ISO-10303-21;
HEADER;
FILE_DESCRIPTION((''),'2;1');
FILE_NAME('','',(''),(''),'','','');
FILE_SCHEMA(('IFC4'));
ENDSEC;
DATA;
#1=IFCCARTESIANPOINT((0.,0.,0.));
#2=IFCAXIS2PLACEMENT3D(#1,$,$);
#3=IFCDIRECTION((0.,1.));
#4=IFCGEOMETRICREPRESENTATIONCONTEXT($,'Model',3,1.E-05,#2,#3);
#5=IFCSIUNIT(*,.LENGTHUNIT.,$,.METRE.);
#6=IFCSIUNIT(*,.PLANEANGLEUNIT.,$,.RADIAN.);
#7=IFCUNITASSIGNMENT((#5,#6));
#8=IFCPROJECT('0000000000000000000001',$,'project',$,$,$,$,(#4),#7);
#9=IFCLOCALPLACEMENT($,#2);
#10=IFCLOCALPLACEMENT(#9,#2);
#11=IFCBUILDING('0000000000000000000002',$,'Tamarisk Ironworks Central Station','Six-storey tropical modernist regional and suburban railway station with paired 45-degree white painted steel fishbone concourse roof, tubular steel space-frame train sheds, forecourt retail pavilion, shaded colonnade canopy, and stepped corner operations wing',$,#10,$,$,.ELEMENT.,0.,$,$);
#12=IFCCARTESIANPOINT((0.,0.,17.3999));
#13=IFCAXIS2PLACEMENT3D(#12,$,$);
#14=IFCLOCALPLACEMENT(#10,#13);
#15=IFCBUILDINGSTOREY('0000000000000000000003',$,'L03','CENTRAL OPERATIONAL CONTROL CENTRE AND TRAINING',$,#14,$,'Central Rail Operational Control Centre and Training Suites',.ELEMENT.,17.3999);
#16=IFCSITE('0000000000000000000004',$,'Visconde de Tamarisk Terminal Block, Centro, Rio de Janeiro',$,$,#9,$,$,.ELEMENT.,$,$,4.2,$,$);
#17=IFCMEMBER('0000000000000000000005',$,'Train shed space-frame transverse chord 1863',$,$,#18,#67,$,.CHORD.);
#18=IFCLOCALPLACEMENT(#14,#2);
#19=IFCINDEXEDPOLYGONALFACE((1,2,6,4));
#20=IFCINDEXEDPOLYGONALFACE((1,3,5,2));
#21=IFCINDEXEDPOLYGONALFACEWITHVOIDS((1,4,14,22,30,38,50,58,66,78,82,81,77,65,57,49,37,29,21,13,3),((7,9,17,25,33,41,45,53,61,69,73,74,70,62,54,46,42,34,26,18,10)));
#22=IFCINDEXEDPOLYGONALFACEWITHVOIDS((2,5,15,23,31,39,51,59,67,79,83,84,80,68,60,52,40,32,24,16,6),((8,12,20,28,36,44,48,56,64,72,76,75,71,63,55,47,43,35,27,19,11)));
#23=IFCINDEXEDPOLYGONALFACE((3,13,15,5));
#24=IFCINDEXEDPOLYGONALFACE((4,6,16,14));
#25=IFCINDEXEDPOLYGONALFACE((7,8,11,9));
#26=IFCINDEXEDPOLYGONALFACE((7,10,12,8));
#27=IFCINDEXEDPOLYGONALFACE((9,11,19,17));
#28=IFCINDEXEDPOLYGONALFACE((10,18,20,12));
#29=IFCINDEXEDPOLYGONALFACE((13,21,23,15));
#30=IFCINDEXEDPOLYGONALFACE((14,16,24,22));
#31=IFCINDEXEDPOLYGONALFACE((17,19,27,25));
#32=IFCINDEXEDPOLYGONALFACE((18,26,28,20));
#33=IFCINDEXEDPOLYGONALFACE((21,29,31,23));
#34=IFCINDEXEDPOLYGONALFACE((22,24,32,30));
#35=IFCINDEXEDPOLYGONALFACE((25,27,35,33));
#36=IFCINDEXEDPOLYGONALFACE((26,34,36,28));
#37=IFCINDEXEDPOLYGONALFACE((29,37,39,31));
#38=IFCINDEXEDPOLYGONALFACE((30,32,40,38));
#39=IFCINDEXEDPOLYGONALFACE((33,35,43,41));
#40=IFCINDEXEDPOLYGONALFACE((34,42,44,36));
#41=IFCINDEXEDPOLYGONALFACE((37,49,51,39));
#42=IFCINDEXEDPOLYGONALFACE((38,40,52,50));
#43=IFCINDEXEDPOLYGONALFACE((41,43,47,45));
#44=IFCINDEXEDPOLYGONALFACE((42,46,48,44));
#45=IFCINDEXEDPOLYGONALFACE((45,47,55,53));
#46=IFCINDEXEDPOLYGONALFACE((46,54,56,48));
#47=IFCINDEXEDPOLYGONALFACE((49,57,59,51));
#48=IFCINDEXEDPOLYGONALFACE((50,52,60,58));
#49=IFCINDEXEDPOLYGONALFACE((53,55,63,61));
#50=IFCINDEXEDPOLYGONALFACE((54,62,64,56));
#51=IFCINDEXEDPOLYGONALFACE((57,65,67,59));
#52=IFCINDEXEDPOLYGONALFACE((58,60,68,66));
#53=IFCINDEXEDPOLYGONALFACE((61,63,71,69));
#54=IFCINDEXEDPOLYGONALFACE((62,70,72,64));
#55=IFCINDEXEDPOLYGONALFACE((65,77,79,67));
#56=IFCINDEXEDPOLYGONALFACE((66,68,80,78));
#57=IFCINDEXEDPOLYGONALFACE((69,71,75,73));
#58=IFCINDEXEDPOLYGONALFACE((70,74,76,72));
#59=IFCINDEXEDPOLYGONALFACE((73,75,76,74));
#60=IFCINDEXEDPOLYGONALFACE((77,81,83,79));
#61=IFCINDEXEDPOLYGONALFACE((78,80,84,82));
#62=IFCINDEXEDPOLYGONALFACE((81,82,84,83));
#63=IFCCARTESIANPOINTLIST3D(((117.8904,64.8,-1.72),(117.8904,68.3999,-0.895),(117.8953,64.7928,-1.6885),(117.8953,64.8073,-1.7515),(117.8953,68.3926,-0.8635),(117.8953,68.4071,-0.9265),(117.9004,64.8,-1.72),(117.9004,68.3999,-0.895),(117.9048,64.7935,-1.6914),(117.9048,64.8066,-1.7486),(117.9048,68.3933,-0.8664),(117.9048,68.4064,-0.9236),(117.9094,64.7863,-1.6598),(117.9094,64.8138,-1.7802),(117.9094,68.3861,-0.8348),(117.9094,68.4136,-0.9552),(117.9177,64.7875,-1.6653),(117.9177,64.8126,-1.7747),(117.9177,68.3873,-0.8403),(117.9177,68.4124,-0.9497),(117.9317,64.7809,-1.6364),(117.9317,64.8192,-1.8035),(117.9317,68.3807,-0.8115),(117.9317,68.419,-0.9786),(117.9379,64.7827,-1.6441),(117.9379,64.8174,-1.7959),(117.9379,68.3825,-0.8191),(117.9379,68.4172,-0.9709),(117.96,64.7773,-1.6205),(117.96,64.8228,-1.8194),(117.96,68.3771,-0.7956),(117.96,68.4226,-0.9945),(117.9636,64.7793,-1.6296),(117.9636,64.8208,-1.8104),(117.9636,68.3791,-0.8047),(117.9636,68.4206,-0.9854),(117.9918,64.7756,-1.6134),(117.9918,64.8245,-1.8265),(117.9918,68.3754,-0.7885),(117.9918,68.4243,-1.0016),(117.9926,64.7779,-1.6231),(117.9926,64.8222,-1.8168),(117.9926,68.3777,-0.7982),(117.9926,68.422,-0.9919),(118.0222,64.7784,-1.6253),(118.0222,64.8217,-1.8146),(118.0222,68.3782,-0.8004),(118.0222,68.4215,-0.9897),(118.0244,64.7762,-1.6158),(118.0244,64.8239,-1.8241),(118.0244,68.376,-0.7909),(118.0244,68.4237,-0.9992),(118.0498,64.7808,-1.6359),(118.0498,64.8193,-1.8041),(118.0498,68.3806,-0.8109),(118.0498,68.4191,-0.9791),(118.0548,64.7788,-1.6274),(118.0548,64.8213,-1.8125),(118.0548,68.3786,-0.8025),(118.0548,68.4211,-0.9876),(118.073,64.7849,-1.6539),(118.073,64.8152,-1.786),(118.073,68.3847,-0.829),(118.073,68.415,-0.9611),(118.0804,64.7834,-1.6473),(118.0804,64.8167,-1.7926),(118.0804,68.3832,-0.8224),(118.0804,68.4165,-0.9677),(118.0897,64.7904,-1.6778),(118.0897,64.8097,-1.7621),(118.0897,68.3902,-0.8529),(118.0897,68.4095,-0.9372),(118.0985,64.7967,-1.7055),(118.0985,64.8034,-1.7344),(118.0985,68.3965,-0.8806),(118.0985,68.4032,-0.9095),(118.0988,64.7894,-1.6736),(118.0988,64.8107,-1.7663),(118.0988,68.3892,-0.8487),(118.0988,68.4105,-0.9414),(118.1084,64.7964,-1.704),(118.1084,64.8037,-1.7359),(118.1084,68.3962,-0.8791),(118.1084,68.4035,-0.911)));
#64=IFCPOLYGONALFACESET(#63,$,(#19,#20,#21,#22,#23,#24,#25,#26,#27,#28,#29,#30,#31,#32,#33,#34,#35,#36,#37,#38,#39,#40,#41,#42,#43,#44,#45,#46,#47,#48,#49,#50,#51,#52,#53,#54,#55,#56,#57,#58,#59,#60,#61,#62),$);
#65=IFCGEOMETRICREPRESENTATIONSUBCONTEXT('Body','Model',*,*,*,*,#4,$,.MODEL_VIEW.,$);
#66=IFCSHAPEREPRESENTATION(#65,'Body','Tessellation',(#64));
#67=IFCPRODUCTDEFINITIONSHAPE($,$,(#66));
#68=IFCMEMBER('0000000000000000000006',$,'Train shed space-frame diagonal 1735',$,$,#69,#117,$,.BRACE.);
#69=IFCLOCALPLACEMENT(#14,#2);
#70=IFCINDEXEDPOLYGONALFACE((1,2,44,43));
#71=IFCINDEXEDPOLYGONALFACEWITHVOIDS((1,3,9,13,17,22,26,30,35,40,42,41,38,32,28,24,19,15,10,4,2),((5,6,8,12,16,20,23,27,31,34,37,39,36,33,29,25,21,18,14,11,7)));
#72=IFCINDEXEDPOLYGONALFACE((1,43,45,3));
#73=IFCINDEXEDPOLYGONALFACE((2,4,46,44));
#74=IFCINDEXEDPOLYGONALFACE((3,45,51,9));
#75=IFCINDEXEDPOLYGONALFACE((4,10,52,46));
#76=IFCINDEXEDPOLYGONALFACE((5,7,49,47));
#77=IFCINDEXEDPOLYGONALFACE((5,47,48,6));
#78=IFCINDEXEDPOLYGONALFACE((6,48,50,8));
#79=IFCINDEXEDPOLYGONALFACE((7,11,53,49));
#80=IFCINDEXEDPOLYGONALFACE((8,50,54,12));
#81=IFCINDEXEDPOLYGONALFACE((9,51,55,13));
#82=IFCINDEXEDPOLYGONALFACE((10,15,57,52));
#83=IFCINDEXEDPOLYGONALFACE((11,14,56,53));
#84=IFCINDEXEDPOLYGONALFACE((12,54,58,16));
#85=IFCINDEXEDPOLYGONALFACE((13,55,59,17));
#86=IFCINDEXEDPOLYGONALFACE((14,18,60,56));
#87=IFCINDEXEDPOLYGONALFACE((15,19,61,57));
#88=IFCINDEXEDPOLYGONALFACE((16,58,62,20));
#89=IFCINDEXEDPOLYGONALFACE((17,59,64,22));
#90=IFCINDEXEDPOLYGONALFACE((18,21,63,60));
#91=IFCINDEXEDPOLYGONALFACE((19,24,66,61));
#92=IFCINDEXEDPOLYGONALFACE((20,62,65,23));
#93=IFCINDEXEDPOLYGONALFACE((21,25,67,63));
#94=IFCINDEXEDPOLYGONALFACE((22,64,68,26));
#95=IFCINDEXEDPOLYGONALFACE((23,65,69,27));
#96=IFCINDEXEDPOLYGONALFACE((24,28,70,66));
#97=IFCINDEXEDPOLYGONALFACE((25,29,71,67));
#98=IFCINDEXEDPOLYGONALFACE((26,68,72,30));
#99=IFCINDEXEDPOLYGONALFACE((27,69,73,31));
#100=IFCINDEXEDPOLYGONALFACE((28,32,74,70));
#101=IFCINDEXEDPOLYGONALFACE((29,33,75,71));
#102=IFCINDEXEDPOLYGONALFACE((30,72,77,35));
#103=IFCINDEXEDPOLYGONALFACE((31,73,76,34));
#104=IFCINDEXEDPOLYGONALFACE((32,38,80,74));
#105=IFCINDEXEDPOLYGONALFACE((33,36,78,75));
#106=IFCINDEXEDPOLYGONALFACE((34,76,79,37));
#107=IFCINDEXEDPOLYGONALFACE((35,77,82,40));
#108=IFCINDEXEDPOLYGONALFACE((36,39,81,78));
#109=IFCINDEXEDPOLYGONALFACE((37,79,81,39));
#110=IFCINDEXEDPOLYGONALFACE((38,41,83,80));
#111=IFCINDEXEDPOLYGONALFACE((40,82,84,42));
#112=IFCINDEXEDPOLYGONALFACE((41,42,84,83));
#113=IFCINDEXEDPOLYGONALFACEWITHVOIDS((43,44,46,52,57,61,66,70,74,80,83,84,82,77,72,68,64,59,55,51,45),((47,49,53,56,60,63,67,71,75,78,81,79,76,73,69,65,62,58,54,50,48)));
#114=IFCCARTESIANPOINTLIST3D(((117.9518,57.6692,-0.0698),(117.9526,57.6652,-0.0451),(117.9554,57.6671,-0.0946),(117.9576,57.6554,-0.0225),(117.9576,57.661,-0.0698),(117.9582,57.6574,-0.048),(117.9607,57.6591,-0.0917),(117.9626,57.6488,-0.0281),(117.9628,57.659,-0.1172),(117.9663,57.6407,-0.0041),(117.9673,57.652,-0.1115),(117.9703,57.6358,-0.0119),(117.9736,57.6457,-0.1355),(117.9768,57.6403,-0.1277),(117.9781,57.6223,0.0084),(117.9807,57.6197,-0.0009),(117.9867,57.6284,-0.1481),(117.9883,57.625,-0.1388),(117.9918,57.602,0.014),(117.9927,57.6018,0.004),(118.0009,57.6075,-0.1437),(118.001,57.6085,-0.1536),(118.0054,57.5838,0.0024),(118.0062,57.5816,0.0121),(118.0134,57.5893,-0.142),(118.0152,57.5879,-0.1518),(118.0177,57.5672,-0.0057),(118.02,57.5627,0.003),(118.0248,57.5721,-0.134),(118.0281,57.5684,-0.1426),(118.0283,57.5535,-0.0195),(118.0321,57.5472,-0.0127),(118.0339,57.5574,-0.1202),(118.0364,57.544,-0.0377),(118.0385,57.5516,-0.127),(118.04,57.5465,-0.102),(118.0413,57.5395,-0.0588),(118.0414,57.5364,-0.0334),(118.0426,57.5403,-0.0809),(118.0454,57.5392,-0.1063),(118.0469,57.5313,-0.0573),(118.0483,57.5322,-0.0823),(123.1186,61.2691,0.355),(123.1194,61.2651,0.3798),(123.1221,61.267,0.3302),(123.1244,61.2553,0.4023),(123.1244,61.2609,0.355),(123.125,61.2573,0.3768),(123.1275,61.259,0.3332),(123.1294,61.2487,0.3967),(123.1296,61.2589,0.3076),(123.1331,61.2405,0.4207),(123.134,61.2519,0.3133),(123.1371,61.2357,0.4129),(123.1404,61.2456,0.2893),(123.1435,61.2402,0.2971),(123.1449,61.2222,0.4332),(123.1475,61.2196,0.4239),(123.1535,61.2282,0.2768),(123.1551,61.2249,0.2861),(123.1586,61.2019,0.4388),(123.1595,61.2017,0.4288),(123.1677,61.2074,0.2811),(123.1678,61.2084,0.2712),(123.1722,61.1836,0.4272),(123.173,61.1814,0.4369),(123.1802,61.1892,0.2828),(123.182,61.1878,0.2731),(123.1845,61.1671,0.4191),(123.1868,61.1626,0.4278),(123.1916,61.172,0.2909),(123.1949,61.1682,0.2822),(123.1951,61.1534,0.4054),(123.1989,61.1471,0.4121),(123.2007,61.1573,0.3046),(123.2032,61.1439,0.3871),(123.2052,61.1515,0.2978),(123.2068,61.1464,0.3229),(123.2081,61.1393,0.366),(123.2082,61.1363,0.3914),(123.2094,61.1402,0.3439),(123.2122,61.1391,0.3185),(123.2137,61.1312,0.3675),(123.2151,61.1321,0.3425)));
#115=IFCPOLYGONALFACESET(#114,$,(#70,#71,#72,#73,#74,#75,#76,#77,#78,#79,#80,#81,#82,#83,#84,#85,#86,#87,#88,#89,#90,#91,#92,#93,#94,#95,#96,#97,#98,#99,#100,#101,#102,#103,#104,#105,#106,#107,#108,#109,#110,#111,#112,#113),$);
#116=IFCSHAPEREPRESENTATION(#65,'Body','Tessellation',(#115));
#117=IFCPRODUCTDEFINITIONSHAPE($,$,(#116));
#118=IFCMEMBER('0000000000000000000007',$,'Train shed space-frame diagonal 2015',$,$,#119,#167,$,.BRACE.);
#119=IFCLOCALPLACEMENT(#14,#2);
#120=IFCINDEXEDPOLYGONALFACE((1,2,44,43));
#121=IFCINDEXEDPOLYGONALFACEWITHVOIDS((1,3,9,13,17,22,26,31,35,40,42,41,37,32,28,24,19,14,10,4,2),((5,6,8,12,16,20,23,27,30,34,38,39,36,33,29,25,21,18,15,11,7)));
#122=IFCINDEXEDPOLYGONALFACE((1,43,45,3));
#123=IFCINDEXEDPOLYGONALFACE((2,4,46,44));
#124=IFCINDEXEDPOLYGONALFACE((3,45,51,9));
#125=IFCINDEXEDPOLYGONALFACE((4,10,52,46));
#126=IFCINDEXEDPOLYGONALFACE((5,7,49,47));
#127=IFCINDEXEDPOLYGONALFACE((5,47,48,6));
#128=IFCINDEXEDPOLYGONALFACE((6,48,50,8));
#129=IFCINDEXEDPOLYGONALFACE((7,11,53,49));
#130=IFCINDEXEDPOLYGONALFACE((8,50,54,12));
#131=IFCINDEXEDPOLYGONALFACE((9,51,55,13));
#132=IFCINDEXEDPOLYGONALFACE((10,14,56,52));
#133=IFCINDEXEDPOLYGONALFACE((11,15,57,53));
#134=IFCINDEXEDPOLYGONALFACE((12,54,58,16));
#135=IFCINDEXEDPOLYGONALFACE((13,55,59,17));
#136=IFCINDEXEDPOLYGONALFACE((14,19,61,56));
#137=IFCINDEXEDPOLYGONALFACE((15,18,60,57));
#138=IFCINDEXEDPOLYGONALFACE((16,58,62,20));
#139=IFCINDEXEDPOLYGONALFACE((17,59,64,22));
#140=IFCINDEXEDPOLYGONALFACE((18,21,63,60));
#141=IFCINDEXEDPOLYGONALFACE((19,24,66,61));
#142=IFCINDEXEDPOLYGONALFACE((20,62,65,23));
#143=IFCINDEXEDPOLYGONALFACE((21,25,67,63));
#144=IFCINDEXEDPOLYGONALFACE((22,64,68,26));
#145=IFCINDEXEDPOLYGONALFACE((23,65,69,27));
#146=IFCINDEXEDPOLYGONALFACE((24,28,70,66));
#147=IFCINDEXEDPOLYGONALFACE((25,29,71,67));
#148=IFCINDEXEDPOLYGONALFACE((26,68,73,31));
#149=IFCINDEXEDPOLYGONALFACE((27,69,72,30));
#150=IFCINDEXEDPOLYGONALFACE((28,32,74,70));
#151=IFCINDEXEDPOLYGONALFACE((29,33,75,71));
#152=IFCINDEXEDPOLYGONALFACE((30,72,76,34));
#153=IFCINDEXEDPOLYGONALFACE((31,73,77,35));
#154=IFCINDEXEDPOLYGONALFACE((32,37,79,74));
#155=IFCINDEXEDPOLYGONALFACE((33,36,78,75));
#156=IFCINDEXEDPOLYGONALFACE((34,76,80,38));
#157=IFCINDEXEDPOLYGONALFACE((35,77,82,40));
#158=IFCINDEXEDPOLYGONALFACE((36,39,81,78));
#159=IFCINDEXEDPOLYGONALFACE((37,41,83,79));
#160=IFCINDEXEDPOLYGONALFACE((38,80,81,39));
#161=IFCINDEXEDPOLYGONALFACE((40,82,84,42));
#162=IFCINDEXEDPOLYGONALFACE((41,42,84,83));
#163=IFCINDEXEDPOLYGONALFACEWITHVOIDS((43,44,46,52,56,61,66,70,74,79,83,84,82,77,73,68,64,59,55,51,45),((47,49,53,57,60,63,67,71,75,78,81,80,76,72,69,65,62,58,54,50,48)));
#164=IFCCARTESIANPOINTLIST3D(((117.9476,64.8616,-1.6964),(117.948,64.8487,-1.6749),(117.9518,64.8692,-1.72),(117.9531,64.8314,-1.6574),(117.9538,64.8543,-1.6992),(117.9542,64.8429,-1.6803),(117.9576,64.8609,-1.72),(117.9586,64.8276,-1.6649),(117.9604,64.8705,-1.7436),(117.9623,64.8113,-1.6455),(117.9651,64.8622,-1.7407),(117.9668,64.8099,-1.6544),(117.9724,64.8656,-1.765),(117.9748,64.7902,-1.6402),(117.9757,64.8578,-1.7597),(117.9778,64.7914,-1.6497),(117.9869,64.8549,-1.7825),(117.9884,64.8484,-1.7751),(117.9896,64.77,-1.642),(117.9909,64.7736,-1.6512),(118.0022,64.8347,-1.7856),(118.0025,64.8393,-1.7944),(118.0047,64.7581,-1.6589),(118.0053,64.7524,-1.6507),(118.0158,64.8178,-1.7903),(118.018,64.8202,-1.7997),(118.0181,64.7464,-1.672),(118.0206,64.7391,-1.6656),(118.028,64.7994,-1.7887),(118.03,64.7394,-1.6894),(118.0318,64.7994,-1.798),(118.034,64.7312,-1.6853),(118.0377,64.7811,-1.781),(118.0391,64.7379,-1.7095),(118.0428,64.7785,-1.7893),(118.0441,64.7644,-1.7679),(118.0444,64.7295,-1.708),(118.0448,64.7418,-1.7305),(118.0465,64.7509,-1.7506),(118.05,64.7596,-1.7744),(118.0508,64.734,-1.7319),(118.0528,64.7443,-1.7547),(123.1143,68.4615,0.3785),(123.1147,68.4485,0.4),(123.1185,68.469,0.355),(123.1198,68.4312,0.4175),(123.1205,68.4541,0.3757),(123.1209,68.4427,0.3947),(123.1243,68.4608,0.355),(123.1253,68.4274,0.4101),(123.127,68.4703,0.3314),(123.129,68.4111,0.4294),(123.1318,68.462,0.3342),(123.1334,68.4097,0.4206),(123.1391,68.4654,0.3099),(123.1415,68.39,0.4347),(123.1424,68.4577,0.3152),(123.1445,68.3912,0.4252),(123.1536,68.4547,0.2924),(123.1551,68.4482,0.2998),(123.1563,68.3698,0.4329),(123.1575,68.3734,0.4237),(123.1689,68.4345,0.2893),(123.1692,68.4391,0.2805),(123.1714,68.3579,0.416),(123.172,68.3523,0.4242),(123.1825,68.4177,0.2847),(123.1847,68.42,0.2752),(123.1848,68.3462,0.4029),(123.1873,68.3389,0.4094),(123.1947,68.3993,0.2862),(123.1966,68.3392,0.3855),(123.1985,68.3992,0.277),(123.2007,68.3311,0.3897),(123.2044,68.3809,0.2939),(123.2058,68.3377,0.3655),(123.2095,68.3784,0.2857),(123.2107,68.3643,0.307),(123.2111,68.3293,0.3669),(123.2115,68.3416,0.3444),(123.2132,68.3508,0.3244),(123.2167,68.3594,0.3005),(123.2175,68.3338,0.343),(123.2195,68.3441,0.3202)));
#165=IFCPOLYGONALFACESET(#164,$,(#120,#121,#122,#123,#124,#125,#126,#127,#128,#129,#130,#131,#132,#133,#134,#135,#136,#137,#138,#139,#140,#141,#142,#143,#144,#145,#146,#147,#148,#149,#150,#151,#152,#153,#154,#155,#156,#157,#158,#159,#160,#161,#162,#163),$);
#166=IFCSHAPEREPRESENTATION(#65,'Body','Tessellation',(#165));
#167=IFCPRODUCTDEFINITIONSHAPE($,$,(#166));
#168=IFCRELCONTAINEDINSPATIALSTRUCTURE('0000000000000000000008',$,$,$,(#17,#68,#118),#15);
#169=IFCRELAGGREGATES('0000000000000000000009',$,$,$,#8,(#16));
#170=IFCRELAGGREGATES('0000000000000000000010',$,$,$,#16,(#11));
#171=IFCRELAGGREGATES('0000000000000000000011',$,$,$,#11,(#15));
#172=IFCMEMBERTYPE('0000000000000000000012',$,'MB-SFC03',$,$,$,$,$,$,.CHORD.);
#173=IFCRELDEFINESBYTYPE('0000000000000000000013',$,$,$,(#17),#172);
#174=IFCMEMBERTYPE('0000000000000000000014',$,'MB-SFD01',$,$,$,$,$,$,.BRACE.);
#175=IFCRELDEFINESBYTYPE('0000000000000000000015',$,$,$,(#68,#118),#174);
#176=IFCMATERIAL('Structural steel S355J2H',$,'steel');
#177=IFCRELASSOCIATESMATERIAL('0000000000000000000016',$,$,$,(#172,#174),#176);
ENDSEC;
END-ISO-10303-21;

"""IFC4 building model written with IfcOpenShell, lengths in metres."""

from ifc_helpers import new_model, si_unit, direction, frame, origin, origin_2d, place, context, subcontext, project, spatial, hollow_circle, extrude, material, material_profile, profile_set, type_object, element, save


model = new_model("IFC4")

# Units and contexts
model_context = context("Model", 3, precision=1e-05, world=origin(), true_north=direction((0.0, 1.0)))
body_context = subcontext(model_context, "Body", "Model", "MODEL_VIEW")
ifc_project = project(units=[si_unit("LENGTHUNIT", "METRE"), si_unit("PLANEANGLEUNIT", "RADIAN")], contexts=[model_context])

# Site, building, storey
site_placement = place(None, origin())
site = spatial("IfcSite", under=ifc_project, at=site_placement, Name="Visconde de Tamarisk Terminal Block, Centro, Rio de Janeiro", CompositionType="ELEMENT", RefElevation=4.2)
building_placement = place(site_placement, origin())
building = spatial("IfcBuilding", under=site, at=building_placement, Name="Tamarisk Ironworks Central Station", Description="Six-storey tropical modernist regional and suburban railway station with paired 45-degree white painted steel fishbone concourse roof, tubular steel space-frame train sheds, forecourt retail pavilion, shaded colonnade canopy, and stepped corner operations wing", CompositionType="ELEMENT", ElevationOfRefHeight=0.0)
storey_placement = place(building_placement, frame((0.0, 0.0, 17.3999)))
storey = spatial("IfcBuildingStorey", under=building, at=storey_placement, Name="L03", Description="CENTRAL OPERATIONAL CONTROL CENTRE AND TRAINING", LongName="Central Rail Operational Control Centre and Training Suites", CompositionType="ELEMENT", Elevation=17.3999)

# Members
ifc_material_1 = material(Name="Structural steel S355J2H", Category="steel")
ifc_material_profile_1 = material_profile(ifc_material_1, hollow_circle(Radius=0.1096, WallThickness=0.01, at=origin_2d()), Name="CHS 219.1x10")
ifc_profile_set_1 = profile_set([ifc_material_profile_1], Name="Structural steel S355J2H")
member_type_1 = type_object("IfcMemberType", Name="MB-SFC03", PredefinedType="CHORD", material=ifc_profile_set_1)
for number, where, z_axis, x_axis, name in (
    (1, (118.0, 64.8, -1.72), (0.0, 0.974733, 0.223372), (-1.0, 0.0, 0.0), "Train shed space-frame transverse chord 1863"),
):
    element("IfcMember", number, at=place(storey_placement, frame(where, z_axis=z_axis, x_axis=x_axis)), inside=storey, type_object=member_type_1, Name=name, PredefinedType="CHORD", context=body_context, shape_type="SweptSolid", body=[
        extrude(hollow_circle(Radius=0.1096, WallThickness=0.01, at=origin_2d()), origin(), (0.0, 0.0, 1.0), 3.6931),
    ])
ifc_material_profile_2 = material_profile(ifc_material_1, hollow_circle(Radius=0.0842, WallThickness=0.01, at=origin_2d()), Name="CHS 168.3x10")
ifc_profile_set_2 = profile_set([ifc_material_profile_2], Name="Structural steel S355J2H")
member_type_2 = type_object("IfcMemberType", Name="MB-SFD01", PredefinedType="BRACE", material=ifc_profile_set_2)
member_1_placement = place(storey_placement, frame((118.0, 57.6001, -0.0698), z_axis=(0.818628, 0.570367, 0.067307), x_axis=(-0.571663, 0.820489, 0.0)))
element("IfcMember", 2, at=member_1_placement, inside=storey, type_object=member_type_2, Name="Train shed space-frame diagonal 1735", PredefinedType="BRACE", context=body_context, shape_type="SweptSolid", body=[
    extrude(hollow_circle(Radius=0.0842, WallThickness=0.01, at=origin_2d()), origin(), (0.0, 0.0, 1.0), 6.3115),
])
member_2_placement = place(storey_placement, frame((118.0, 64.8, -1.72), z_axis=(0.779274, 0.542947, 0.312954), x_axis=(-0.571663, 0.820489, 0.0)))
element("IfcMember", 3, at=member_2_placement, inside=storey, type_object=member_type_2, Name="Train shed space-frame diagonal 2015", PredefinedType="BRACE", context=body_context, shape_type="SweptSolid", body=[
    extrude(hollow_circle(Radius=0.0842, WallThickness=0.01, at=origin_2d()), origin(), (0.0, 0.0, 1.0), 6.6301),
])

save(model, "model.ifc")
